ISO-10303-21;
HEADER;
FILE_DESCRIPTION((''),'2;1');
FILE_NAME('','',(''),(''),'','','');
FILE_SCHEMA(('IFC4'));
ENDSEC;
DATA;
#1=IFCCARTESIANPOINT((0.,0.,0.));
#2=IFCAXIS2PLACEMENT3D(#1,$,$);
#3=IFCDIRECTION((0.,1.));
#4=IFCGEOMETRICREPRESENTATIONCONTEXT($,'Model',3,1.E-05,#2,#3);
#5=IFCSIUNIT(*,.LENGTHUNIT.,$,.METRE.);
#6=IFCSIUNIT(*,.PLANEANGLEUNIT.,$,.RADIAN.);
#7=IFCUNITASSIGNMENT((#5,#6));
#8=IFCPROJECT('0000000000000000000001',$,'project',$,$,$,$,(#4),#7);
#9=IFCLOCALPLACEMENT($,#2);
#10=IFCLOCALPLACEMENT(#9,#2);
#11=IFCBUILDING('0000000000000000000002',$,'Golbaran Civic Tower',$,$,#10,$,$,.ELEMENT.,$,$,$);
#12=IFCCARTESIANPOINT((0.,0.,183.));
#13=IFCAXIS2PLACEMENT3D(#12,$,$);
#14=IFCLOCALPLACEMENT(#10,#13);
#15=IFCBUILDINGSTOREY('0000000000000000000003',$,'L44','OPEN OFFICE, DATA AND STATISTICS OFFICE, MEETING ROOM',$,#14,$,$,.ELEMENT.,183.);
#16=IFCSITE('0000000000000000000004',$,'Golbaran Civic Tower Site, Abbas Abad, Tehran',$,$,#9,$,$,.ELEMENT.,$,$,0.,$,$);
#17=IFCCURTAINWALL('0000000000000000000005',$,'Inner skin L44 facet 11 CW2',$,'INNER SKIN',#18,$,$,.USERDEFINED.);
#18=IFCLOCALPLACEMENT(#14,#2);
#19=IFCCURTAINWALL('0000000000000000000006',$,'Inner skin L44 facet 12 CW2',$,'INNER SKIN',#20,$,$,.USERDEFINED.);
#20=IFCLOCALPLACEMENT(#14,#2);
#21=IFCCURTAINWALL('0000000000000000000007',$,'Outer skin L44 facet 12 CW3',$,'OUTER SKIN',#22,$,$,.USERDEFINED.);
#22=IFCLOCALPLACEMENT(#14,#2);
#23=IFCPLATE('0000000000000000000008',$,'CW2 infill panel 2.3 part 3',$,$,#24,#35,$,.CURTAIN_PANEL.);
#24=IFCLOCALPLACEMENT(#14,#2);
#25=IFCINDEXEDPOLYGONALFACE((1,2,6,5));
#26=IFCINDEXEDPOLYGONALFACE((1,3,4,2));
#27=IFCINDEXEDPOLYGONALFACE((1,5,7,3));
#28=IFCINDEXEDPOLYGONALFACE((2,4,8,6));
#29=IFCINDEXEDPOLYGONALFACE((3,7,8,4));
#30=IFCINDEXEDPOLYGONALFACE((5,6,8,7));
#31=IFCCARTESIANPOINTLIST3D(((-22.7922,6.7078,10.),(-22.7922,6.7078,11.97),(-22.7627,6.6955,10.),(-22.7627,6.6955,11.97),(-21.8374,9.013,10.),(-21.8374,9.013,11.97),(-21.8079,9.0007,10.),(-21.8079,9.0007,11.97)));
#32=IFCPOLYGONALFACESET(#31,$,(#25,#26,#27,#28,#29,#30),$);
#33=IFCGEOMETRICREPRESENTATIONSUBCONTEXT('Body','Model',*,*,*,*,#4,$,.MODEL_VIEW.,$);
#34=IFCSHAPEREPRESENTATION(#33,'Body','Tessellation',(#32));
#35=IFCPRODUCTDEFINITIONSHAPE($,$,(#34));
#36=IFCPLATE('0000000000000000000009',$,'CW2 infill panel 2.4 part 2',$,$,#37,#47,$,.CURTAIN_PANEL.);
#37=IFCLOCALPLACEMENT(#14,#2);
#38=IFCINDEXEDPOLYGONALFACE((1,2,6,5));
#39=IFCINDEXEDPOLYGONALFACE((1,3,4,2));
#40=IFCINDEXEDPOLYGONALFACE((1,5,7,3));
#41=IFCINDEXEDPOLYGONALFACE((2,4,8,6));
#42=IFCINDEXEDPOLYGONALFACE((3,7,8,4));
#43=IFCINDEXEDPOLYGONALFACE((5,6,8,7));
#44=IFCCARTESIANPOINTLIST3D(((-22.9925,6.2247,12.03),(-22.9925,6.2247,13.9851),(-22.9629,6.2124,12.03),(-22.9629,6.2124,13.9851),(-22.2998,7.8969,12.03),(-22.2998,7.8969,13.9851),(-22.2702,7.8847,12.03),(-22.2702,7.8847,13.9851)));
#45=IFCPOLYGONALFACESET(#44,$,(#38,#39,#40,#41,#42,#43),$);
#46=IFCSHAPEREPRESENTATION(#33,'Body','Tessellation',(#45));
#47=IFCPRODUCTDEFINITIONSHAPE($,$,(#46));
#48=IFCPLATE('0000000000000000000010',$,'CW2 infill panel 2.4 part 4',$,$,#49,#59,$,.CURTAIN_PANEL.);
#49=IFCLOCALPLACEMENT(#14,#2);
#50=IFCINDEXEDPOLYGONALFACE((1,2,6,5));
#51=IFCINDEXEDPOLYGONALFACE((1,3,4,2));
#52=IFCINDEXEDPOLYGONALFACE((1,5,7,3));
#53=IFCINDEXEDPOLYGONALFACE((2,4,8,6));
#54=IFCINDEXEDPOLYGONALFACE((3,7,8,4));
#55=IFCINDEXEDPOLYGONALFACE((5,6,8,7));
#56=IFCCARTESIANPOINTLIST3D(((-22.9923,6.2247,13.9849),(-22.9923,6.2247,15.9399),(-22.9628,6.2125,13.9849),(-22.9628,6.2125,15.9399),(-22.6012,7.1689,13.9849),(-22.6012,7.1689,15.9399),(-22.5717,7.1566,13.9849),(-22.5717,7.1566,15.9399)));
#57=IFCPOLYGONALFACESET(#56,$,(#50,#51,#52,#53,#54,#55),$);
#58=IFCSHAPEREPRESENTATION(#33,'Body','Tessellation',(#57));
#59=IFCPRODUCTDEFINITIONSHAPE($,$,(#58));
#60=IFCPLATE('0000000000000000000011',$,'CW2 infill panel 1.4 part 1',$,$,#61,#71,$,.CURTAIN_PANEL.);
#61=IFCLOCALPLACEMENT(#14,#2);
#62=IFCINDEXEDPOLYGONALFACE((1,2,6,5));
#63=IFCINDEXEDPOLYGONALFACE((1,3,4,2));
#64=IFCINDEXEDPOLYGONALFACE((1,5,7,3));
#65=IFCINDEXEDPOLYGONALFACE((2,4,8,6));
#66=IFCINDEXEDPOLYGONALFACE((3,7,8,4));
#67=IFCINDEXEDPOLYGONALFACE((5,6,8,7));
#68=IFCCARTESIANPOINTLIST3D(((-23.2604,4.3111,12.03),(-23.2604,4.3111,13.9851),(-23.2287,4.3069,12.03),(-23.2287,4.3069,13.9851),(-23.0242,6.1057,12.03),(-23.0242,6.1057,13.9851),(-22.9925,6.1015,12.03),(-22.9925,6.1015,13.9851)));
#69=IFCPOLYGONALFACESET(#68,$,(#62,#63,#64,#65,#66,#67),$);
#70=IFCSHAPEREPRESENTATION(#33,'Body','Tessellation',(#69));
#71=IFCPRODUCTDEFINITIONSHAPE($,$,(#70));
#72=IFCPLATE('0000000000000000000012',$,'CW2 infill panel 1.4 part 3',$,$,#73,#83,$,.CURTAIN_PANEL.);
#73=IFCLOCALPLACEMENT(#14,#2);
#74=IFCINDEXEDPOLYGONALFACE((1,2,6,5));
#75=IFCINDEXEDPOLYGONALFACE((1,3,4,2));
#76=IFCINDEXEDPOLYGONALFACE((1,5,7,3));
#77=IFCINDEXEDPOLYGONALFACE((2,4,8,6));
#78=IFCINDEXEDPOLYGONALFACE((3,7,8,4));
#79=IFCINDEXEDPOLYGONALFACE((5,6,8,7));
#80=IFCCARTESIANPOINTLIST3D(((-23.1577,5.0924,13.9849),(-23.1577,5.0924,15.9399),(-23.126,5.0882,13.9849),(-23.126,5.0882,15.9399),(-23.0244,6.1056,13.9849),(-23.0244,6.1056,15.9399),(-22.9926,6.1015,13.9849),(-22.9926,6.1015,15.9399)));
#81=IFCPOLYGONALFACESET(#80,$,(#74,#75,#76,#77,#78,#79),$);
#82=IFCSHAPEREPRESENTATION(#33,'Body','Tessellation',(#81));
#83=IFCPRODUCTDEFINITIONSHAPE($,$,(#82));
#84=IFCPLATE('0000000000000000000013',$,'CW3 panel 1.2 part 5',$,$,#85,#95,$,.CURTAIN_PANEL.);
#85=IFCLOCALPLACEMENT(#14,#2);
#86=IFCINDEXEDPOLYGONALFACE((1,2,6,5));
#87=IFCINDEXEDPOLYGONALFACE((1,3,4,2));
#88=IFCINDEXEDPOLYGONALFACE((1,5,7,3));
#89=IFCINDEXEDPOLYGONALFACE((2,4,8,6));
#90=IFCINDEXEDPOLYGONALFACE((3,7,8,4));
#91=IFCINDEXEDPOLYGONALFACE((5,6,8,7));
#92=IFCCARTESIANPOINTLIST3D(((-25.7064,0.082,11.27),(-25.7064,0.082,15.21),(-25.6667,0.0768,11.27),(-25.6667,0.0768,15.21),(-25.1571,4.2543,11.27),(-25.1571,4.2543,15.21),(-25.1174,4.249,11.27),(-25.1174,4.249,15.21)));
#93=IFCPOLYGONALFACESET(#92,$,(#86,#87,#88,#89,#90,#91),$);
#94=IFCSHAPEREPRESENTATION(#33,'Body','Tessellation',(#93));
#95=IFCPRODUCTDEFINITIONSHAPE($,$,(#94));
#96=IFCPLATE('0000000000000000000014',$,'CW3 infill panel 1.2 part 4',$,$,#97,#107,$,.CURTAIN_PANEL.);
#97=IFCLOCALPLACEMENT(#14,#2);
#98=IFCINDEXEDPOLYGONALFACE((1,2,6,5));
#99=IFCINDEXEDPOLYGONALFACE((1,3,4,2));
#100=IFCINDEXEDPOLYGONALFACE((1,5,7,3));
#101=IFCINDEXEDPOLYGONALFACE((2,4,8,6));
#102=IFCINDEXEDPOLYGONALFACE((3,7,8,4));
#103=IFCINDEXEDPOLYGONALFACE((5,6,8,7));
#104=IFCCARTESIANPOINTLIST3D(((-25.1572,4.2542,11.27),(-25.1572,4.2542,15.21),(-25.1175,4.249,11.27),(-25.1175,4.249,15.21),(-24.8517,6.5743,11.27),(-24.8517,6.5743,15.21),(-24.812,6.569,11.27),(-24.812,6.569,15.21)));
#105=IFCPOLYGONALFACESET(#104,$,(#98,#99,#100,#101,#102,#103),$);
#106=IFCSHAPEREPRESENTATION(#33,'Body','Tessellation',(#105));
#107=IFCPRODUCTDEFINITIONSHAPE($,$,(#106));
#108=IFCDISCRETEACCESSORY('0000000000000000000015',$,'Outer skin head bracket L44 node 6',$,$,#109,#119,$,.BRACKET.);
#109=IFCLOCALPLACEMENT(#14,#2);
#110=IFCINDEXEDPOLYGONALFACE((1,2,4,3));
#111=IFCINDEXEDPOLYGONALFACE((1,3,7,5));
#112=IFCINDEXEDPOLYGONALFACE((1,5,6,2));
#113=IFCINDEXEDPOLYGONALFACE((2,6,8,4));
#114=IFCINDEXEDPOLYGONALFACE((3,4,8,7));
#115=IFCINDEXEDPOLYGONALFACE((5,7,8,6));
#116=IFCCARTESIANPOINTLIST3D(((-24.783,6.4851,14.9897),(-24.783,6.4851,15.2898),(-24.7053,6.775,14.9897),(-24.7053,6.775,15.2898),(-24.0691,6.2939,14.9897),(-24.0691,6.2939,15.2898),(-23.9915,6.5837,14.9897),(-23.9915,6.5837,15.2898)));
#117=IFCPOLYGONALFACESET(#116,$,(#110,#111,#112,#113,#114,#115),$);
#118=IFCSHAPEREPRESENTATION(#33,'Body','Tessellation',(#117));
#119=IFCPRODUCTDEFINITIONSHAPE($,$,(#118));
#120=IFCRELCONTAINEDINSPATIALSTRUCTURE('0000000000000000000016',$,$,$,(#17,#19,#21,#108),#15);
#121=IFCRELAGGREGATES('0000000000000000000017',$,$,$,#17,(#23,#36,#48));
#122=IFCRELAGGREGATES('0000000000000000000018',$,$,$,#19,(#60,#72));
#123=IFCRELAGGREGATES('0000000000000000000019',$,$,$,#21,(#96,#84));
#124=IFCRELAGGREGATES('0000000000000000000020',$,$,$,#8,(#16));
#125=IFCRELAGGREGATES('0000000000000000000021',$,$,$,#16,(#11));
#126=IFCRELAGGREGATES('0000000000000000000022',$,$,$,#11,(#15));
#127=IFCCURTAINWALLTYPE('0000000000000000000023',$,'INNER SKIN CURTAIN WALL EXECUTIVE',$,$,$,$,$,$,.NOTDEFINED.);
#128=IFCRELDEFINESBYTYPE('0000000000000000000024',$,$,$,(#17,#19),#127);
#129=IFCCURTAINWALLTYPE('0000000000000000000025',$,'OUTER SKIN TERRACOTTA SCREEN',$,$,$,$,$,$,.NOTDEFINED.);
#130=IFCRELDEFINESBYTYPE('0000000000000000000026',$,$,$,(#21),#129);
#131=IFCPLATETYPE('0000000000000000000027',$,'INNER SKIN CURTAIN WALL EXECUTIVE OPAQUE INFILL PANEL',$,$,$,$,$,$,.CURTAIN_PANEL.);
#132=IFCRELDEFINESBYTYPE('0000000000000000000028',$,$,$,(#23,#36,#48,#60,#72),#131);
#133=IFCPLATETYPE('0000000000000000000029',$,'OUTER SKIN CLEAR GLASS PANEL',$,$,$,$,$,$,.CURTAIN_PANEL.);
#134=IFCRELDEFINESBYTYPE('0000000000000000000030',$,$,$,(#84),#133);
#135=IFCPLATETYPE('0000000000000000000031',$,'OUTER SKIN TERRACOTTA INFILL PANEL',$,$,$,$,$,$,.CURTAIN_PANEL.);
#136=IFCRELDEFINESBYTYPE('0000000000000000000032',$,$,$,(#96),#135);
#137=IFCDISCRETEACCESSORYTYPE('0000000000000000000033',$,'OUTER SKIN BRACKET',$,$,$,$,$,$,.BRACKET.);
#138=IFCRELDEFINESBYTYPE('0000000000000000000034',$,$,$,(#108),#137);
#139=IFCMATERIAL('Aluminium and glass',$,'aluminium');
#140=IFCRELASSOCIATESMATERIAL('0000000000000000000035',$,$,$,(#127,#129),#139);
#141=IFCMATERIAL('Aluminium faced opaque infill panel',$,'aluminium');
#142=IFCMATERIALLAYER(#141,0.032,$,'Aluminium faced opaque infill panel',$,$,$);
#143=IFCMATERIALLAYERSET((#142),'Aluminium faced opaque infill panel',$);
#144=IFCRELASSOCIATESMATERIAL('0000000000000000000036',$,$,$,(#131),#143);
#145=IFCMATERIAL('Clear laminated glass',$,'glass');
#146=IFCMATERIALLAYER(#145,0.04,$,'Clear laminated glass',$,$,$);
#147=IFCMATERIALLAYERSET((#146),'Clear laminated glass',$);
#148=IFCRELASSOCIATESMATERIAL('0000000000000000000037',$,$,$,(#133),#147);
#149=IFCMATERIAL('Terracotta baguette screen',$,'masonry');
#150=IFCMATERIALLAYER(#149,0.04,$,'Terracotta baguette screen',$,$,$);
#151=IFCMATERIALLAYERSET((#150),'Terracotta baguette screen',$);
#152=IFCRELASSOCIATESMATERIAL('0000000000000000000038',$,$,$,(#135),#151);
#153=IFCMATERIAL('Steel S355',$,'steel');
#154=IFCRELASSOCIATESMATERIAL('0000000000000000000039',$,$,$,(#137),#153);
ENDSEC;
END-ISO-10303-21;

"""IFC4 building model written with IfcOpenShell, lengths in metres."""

from ifc_helpers import new_model, si_unit, direction, frame, origin, origin_2d, place, context, subcontext, project, spatial, rectangle, extrude, material, layer, layer_set, type_object, element, aggregate, save


model = new_model("IFC4")

# Units and contexts
model_context = context("Model", 3, precision=1e-05, world=origin(), true_north=direction((0.0, 1.0)))
body_context = subcontext(model_context, "Body", "Model", "MODEL_VIEW")
ifc_project = project(units=[si_unit("LENGTHUNIT", "METRE"), si_unit("PLANEANGLEUNIT", "RADIAN")], contexts=[model_context])

# Site, building, storey
site_placement = place(None, origin())
site = spatial("IfcSite", under=ifc_project, at=site_placement, Name="Golbaran Civic Tower Site, Abbas Abad, Tehran", CompositionType="ELEMENT", RefElevation=0.0)
building_placement = place(site_placement, origin())
building = spatial("IfcBuilding", under=site, at=building_placement, Name="Golbaran Civic Tower", CompositionType="ELEMENT")
storey_placement = place(building_placement, frame((0.0, 0.0, 183.0)))
storey = spatial("IfcBuildingStorey", under=building, at=storey_placement, Name="L44", Description="OPEN OFFICE, DATA AND STATISTICS OFFICE, MEETING ROOM", CompositionType="ELEMENT", Elevation=183.0)

# Curtain walls
ifc_material_1 = material(Name="Aluminium and glass", Category="aluminium")
curtain_wall_type_1 = type_object("IfcCurtainWallType", Name="INNER SKIN CURTAIN WALL EXECUTIVE", PredefinedType="NOTDEFINED", material=ifc_material_1)
curtain_wall_1_placement = place(storey_placement, origin())
curtain_wall_1 = element("IfcCurtainWall", 1, at=curtain_wall_1_placement, inside=storey, type_object=curtain_wall_type_1, Name="Inner skin L44 facet 11 CW2", ObjectType="INNER SKIN", PredefinedType="USERDEFINED")
curtain_wall_2_placement = place(storey_placement, origin())
curtain_wall_2 = element("IfcCurtainWall", 2, at=curtain_wall_2_placement, inside=storey, type_object=curtain_wall_type_1, Name="Inner skin L44 facet 12 CW2", ObjectType="INNER SKIN", PredefinedType="USERDEFINED")

# Curtain wall
curtain_wall_type_2 = type_object("IfcCurtainWallType", Name="OUTER SKIN TERRACOTTA SCREEN", PredefinedType="NOTDEFINED", material=ifc_material_1)
curtain_wall_3_placement = place(storey_placement, origin())
curtain_wall_3 = element("IfcCurtainWall", 3, at=curtain_wall_3_placement, inside=storey, type_object=curtain_wall_type_2, Name="Outer skin L44 facet 12 CW3", ObjectType="OUTER SKIN", PredefinedType="USERDEFINED")

# Plates
ifc_material_2 = material(Name="Aluminium faced opaque infill panel", Category="aluminium")
ifc_layer_1 = layer(ifc_material_2, 0.032, Name="Aluminium faced opaque infill panel")
ifc_layer_set_1 = layer_set([ifc_layer_1], Name="Aluminium faced opaque infill panel")
plate_type_1 = type_object("IfcPlateType", Name="INNER SKIN CURTAIN WALL EXECUTIVE OPAQUE INFILL PANEL", PredefinedType="CURTAIN_PANEL", material=ifc_layer_set_1)
plate_1_placement = place(storey_placement, frame((-22.3, 7.8542, 10.0), z_axis=(0.0, 0.0, 1.0), x_axis=(-0.382683, -0.92388, 0.0)))
plate_1 = element("IfcPlate", 4, at=plate_1_placement, type_object=plate_type_1, Name="CW2 infill panel 2.3 part 3", PredefinedType="CURTAIN_PANEL", context=body_context, shape_type="SweptSolid", body=[
    extrude(rectangle(XDim=2.4951, YDim=0.032, at=origin_2d()), origin(), (0.0, 0.0, 1.0), 1.97),
])
plate_2_placement = place(storey_placement, frame((-22.6313, 7.0547, 12.03), z_axis=(0.0, 0.0, 1.0), x_axis=(-0.382683, -0.92388, 0.0)))
plate_2 = element("IfcPlate", 5, at=plate_2_placement, type_object=plate_type_1, Name="CW2 infill panel 2.4 part 2", PredefinedType="CURTAIN_PANEL", context=body_context, shape_type="SweptSolid", body=[
    extrude(rectangle(XDim=1.8101, YDim=0.032, at=origin_2d()), origin(), (0.0, 0.0, 1.0), 1.9551),
])
plate_3_placement = place(storey_placement, frame((-22.782, 6.6907, 13.9849), z_axis=(0.0, 0.0, 1.0), x_axis=(-0.382683, -0.92388, 0.0)))
plate_3 = element("IfcPlate", 6, at=plate_3_placement, type_object=plate_type_1, Name="CW2 infill panel 2.4 part 4", PredefinedType="CURTAIN_PANEL", context=body_context, shape_type="SweptSolid", body=[
    extrude(rectangle(XDim=1.022, YDim=0.032, at=origin_2d()), origin(), (0.0, 0.0, 1.0), 1.9551),
])
aggregate(curtain_wall_1, [plate_1, plate_2, plate_3])
plate_4_placement = place(storey_placement, frame((-23.1265, 5.2063, 12.03), z_axis=(0.0, 0.0, 1.0), x_axis=(-0.130526, -0.991445, 0.0)))
plate_4 = element("IfcPlate", 7, at=plate_4_placement, type_object=plate_type_1, Name="CW2 infill panel 1.4 part 1", PredefinedType="CURTAIN_PANEL", context=body_context, shape_type="SweptSolid", body=[
    extrude(rectangle(XDim=1.8101, YDim=0.032, at=origin_2d()), origin(), (0.0, 0.0, 1.0), 1.9551),
])
plate_5_placement = place(storey_placement, frame((-23.0752, 5.5969, 13.9849), z_axis=(0.0, 0.0, 1.0), x_axis=(-0.130526, -0.991445, 0.0)))
plate_5 = element("IfcPlate", 8, at=plate_5_placement, type_object=plate_type_1, Name="CW2 infill panel 1.4 part 3", PredefinedType="CURTAIN_PANEL", context=body_context, shape_type="SweptSolid", body=[
    extrude(rectangle(XDim=1.022, YDim=0.032, at=origin_2d()), origin(), (0.0, 0.0, 1.0), 1.9551),
])
aggregate(curtain_wall_2, [plate_4, plate_5])
ifc_material_3 = material(Name="Clear laminated glass", Category="glass")
ifc_layer_2 = layer(ifc_material_3, 0.04, Name="Clear laminated glass")
ifc_layer_set_2 = layer_set([ifc_layer_2], Name="Clear laminated glass")
plate_type_2 = type_object("IfcPlateType", Name="OUTER SKIN CLEAR GLASS PANEL", PredefinedType="CURTAIN_PANEL", material=ifc_layer_set_2)
plate_6_placement = place(storey_placement, frame((-25.4119, 2.1655, 11.27), z_axis=(0.0, 0.0, 1.0), x_axis=(-0.130526, -0.991445, 0.0)))
plate_6 = element("IfcPlate", 9, at=plate_6_placement, type_object=plate_type_2, Name="CW3 panel 1.2 part 5", PredefinedType="CURTAIN_PANEL", context=body_context, shape_type="SweptSolid", body=[
    extrude(rectangle(XDim=4.2083, YDim=0.04, at=origin_2d()), origin(), (0.0, 0.0, 1.0), 3.9399),
])
ifc_material_4 = material(Name="Terracotta baguette screen", Category="masonry")
ifc_layer_3 = layer(ifc_material_4, 0.04, Name="Terracotta baguette screen")
ifc_layer_set_3 = layer_set([ifc_layer_3], Name="Terracotta baguette screen")
plate_type_3 = type_object("IfcPlateType", Name="OUTER SKIN TERRACOTTA INFILL PANEL", PredefinedType="CURTAIN_PANEL", material=ifc_layer_set_3)
plate_7_placement = place(storey_placement, frame((-24.9846, 5.4116, 11.27), z_axis=(0.0, 0.0, 1.0), x_axis=(-0.130526, -0.991445, 0.0)))
plate_7 = element("IfcPlate", 10, at=plate_7_placement, type_object=plate_type_3, Name="CW3 infill panel 1.2 part 4", PredefinedType="CURTAIN_PANEL", context=body_context, shape_type="SweptSolid", body=[
    extrude(rectangle(XDim=2.3401, YDim=0.04, at=origin_2d()), origin(), (0.0, 0.0, 1.0), 3.9399),
])
aggregate(curtain_wall_3, [plate_7, plate_6])

# Discrete accessory
ifc_material_5 = material(Name="Steel S355", Category="steel")
discrete_accessory_type = type_object("IfcDiscreteAccessoryType", Name="OUTER SKIN BRACKET", PredefinedType="BRACKET", material=ifc_material_5)
discrete_accessory_placement = place(storey_placement, frame((-24.3872, 6.5344, 14.9897), z_axis=(0.0, 0.0, 1.0), x_axis=(-0.965926, 0.258819, 0.0)))
element("IfcDiscreteAccessory", 11, at=discrete_accessory_placement, inside=storey, type_object=discrete_accessory_type, Name="Outer skin head bracket L44 node 6", PredefinedType="BRACKET", context=body_context, shape_type="SweptSolid", body=[
    extrude(rectangle(XDim=0.739, YDim=0.3, at=origin_2d()), origin(), (0.0, 0.0, 1.0), 0.3),
])

save(model, "model.ifc")
